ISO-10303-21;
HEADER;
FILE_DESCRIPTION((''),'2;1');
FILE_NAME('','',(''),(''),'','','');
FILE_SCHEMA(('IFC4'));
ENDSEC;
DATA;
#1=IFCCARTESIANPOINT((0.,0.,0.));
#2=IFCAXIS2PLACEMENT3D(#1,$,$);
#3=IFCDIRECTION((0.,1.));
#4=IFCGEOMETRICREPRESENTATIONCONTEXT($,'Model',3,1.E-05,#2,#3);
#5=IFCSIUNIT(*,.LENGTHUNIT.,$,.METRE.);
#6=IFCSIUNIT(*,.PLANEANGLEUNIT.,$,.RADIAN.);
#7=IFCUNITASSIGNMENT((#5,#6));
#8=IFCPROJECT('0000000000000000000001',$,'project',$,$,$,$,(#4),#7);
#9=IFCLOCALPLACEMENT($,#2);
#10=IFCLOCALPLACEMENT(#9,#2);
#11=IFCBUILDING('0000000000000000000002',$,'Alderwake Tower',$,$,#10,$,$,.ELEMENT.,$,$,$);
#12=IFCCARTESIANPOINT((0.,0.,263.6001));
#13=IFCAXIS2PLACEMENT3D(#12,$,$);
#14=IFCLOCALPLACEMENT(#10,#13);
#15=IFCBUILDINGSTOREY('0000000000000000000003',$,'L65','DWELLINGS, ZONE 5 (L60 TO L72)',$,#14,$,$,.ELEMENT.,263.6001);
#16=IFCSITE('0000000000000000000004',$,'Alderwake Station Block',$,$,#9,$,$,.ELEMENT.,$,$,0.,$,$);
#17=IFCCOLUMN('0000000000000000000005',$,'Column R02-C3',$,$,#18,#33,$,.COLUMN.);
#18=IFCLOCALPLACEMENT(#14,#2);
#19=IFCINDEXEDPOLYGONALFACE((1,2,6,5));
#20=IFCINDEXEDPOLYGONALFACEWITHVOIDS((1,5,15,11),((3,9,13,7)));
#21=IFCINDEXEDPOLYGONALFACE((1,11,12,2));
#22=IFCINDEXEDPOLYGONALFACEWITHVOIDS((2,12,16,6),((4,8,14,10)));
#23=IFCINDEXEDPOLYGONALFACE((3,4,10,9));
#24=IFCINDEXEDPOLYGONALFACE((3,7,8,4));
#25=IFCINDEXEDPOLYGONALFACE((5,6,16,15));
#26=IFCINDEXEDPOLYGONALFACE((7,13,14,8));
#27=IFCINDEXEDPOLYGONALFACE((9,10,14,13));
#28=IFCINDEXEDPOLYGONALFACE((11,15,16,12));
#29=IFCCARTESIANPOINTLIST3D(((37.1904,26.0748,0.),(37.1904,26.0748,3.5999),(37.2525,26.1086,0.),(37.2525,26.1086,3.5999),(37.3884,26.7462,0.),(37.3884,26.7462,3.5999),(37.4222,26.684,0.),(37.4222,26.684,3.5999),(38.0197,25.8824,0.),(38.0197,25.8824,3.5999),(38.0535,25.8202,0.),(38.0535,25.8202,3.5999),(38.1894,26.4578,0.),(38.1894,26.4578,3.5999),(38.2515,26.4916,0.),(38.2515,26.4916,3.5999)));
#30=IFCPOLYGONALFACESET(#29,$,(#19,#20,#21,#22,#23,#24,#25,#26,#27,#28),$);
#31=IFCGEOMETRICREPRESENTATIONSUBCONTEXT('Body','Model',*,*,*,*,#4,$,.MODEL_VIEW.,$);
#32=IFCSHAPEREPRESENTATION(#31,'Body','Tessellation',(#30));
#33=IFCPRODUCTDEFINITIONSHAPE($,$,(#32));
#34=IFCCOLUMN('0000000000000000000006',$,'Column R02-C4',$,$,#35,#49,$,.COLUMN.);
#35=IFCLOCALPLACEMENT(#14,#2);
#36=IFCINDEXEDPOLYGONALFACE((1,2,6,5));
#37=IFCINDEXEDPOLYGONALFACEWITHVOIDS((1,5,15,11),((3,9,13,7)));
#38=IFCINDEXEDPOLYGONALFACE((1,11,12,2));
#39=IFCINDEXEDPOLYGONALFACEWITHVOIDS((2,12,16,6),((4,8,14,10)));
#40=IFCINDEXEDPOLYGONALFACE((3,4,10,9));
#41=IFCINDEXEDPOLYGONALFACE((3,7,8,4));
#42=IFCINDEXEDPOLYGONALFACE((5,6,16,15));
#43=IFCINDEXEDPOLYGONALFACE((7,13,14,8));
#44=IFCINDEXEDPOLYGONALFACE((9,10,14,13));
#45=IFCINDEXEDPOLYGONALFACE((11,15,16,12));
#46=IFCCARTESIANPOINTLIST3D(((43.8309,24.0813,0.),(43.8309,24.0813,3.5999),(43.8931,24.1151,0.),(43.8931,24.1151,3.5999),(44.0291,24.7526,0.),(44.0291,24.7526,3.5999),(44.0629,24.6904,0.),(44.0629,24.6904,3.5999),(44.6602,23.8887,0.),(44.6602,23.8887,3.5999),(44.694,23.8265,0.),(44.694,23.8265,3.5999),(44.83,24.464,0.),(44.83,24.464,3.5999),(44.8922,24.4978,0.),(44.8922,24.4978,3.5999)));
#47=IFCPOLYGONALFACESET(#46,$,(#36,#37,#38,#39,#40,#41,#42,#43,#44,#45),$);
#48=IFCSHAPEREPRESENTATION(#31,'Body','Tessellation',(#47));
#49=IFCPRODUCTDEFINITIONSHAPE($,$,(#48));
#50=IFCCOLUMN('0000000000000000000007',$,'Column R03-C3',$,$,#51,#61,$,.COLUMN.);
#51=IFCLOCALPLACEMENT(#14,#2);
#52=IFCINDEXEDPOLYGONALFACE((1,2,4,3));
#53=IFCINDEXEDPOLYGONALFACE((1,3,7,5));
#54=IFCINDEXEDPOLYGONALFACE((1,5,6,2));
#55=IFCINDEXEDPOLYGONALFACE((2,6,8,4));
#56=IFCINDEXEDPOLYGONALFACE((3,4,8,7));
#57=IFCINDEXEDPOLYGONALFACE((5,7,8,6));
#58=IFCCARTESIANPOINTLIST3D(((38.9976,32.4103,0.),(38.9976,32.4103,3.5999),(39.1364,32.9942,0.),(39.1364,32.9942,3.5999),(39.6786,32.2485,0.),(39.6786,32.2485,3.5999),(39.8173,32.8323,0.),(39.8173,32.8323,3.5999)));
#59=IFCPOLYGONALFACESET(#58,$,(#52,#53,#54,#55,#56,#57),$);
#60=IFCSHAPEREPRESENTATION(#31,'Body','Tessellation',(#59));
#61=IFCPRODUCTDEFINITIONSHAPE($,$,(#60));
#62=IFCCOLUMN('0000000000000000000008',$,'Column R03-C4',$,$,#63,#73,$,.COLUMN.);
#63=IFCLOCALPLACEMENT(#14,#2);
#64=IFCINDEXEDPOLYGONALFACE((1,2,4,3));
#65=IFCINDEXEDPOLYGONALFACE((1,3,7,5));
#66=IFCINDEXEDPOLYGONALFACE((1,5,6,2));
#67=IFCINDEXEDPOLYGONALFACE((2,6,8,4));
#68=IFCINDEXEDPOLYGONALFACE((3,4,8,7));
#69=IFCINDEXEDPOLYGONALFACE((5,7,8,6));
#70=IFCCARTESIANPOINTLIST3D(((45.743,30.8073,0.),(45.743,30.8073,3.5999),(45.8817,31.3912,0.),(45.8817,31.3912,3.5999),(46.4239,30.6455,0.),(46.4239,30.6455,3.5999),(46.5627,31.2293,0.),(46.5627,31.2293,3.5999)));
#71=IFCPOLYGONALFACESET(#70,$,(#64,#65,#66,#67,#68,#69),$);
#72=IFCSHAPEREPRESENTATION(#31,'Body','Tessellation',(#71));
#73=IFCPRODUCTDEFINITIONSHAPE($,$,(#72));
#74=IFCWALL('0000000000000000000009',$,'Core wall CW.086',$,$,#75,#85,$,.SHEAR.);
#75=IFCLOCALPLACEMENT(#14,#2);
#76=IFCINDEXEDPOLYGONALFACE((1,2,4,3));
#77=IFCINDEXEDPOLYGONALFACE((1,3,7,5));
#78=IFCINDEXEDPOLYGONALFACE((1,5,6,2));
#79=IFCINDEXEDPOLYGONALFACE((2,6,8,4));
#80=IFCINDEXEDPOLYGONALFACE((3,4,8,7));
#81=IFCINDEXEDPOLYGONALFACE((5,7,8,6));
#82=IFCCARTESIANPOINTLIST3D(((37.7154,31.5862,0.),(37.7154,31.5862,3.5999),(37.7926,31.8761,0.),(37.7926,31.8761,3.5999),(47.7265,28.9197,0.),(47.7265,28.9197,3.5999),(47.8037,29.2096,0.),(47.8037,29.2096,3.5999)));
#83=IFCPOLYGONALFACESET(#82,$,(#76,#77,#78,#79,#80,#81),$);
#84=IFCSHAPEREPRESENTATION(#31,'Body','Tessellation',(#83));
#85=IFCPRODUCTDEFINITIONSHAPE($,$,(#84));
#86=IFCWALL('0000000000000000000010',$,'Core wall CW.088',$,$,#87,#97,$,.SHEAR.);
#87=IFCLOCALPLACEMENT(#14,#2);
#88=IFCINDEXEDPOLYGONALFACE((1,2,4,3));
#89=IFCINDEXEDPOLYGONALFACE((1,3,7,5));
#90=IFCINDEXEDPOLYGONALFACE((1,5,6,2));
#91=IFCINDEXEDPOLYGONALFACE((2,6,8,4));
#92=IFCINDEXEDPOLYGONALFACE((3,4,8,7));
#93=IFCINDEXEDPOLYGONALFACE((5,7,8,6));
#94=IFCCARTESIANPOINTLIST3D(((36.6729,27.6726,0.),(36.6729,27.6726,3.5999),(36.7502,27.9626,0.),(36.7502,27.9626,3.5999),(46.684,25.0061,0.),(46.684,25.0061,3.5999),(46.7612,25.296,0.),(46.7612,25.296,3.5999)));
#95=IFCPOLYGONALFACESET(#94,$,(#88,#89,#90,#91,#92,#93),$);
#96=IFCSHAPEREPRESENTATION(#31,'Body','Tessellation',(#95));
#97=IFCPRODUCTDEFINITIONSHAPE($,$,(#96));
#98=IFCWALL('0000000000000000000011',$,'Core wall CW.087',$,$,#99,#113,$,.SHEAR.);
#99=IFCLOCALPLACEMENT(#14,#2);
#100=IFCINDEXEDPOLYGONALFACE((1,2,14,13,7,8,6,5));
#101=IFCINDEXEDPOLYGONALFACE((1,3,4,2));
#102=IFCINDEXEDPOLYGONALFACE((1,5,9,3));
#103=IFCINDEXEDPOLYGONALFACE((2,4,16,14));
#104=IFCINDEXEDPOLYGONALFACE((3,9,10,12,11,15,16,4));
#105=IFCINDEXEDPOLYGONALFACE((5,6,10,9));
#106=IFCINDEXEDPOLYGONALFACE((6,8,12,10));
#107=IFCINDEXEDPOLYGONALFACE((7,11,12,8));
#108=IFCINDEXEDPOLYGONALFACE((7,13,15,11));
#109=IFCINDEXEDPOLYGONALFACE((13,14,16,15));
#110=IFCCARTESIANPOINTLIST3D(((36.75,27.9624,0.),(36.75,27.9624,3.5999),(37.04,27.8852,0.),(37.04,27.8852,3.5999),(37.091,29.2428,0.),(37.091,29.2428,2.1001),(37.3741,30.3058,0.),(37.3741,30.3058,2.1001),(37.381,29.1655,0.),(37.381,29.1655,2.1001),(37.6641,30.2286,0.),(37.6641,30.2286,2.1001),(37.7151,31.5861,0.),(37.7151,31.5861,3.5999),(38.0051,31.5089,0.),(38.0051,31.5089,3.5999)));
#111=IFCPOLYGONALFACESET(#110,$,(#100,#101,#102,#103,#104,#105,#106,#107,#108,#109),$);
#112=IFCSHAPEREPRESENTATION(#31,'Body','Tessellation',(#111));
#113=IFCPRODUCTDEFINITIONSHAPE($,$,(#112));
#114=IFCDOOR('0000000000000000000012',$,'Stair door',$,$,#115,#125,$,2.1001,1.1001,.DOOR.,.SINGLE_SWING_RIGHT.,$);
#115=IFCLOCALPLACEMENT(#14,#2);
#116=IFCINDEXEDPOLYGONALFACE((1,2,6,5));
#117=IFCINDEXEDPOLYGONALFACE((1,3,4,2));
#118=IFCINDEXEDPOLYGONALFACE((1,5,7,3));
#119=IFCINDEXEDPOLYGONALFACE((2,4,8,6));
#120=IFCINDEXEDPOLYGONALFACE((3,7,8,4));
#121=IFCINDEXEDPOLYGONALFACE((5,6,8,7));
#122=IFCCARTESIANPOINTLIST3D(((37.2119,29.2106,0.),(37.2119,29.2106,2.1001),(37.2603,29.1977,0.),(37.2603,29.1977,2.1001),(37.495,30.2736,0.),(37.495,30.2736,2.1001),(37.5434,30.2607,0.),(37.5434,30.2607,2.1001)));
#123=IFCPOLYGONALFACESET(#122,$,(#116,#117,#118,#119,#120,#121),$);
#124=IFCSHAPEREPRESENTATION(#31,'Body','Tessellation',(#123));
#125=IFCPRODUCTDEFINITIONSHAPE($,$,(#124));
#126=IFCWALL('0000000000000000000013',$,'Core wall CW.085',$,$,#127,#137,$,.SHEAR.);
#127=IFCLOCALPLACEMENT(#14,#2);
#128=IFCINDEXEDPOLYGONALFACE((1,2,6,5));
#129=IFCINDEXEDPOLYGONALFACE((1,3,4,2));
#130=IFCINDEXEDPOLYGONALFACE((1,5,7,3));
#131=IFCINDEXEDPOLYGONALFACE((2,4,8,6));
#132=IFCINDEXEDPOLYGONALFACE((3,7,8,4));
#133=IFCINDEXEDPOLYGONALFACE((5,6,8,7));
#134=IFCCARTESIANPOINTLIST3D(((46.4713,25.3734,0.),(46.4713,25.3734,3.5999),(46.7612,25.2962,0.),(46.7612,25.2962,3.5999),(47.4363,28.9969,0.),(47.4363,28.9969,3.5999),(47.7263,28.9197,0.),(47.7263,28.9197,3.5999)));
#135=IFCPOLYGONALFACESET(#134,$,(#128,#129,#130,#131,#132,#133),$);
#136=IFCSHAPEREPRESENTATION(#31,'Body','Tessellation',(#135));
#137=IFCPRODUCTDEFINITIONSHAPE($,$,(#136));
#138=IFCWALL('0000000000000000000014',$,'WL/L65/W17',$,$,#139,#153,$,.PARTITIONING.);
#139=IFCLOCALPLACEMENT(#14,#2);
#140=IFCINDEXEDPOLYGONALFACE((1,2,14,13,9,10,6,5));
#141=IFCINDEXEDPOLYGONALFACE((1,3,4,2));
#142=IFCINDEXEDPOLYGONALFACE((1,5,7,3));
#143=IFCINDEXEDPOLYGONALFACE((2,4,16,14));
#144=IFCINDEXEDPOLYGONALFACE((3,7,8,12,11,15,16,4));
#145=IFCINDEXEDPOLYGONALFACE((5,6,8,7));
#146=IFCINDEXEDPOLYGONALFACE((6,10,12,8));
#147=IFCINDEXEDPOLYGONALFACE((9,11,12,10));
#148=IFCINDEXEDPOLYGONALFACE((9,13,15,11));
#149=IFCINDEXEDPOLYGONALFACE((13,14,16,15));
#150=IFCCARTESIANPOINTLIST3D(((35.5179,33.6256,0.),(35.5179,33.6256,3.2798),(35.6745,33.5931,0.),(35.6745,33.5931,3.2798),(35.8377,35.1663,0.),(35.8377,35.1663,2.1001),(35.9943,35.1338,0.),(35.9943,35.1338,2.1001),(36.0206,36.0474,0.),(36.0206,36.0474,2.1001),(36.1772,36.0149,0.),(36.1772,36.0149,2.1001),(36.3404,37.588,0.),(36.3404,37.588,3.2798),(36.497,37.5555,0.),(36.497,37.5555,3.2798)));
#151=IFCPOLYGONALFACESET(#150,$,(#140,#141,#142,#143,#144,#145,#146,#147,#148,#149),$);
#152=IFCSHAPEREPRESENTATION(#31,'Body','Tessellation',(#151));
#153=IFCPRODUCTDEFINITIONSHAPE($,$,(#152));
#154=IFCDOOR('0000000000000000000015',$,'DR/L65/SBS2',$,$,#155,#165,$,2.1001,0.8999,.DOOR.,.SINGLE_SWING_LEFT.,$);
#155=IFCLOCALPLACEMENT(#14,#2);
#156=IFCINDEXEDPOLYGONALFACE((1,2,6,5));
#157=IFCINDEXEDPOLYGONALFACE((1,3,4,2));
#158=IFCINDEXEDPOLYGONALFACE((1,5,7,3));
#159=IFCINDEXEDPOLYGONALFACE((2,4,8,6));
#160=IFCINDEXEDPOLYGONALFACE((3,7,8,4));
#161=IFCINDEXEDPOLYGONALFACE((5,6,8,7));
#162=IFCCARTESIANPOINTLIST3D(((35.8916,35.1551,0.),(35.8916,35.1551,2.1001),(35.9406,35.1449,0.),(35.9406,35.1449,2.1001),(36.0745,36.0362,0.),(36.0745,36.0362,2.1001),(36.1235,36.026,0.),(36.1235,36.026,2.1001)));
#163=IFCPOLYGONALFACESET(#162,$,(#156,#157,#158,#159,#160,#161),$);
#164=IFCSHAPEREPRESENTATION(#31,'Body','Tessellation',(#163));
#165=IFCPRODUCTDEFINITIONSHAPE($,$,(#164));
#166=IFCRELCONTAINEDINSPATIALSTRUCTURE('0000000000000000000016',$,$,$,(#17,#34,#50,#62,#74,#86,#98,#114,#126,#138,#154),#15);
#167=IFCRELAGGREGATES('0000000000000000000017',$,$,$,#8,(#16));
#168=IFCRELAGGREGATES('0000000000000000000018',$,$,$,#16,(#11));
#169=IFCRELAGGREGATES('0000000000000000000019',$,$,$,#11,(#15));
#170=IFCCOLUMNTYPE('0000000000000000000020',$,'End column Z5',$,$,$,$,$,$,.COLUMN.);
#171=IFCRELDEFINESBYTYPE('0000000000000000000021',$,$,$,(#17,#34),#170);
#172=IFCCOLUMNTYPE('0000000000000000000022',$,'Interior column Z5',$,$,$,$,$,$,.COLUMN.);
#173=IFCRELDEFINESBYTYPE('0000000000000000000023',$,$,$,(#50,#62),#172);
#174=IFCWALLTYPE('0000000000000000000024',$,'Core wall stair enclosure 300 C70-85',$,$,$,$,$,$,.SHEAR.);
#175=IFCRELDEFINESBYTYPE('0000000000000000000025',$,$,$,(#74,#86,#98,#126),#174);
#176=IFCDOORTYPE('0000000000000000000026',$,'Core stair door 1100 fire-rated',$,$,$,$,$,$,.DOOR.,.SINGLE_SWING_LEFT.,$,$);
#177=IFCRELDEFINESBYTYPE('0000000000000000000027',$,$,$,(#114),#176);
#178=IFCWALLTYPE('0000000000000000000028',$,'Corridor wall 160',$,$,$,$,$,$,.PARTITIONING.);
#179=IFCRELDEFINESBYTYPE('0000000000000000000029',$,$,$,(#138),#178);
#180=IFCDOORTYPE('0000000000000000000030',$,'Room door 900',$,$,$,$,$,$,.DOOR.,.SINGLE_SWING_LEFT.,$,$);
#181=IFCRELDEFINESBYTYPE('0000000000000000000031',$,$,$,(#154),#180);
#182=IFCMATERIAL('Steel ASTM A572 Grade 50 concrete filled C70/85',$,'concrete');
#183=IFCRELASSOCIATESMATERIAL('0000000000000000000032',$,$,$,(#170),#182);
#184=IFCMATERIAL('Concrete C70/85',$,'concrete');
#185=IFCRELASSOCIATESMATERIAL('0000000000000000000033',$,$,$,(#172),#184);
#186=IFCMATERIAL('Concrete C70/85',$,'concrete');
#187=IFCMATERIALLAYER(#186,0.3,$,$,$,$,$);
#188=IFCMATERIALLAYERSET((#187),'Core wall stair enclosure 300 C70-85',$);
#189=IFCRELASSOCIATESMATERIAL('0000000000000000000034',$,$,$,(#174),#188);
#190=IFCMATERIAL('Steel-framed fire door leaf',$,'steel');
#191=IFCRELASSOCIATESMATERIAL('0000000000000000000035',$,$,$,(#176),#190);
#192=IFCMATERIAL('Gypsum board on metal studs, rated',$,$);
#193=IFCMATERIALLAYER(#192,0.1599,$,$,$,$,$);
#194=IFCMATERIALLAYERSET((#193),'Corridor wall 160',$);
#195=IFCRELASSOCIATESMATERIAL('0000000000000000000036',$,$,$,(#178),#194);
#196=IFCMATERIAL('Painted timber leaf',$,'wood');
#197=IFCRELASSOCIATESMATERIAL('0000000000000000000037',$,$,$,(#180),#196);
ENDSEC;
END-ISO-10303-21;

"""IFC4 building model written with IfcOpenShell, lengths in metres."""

from ifc_helpers import new_model, si_unit, direction, frame, frame_2d, origin, origin_2d, place, context, subcontext, project, spatial, rectangle, hollow_rectangle, extrude, material, layer, layer_set, material_profile, profile_set, type_object, element, fill, save


model = new_model("IFC4")

# Units and contexts
model_context = context("Model", 3, precision=1e-05, world=origin(), true_north=direction((0.0, 1.0)))
body_context = subcontext(model_context, "Body", "Model", "MODEL_VIEW")
ifc_project = project(units=[si_unit("LENGTHUNIT", "METRE"), si_unit("PLANEANGLEUNIT", "RADIAN")], contexts=[model_context])

# Site, building, storey
site_placement = place(None, origin())
site = spatial("IfcSite", under=ifc_project, at=site_placement, Name="Alderwake Station Block", CompositionType="ELEMENT", RefElevation=0.0)
building_placement = place(site_placement, origin())
building = spatial("IfcBuilding", under=site, at=building_placement, Name="Alderwake Tower", CompositionType="ELEMENT")
storey_placement = place(building_placement, frame((0.0, 0.0, 263.6001)))
storey = spatial("IfcBuildingStorey", under=building, at=storey_placement, Name="L65", Description="DWELLINGS, ZONE 5 (L60 TO L72)", CompositionType="ELEMENT", Elevation=263.6001)

# Columns
ifc_material_1 = material(Name="Steel ASTM A572 Grade 50 concrete filled C70/85", Category="concrete")
ifc_material_profile_1 = material_profile(ifc_material_1, hollow_rectangle(XDim=0.7, YDim=0.8999, WallThickness=0.05, at=origin_2d()), Name="BOX 900X700X50")
ifc_profile_set_1 = profile_set([ifc_material_profile_1], Name="Steel ASTM A572 Grade 50 concrete filled C70/85")
column_type_1 = type_object("IfcColumnType", Name="End column Z5", PredefinedType="COLUMN", material=ifc_profile_set_1)
for number, where, z_axis, x_axis, name in (
    (1, (37.7209, 26.2832, 0.0), (0.0, 0.0, 1.0), (0.282862, 0.959161, 0.0), "Column R02-C3"),
    (2, (44.3616, 24.2896, 0.0), (0.0, 0.0, 1.0), (0.283115, 0.959086, 0.0), "Column R02-C4"),
):
    element("IfcColumn", number, at=place(storey_placement, frame(where, z_axis=z_axis, x_axis=x_axis)), inside=storey, type_object=column_type_1, Name=name, PredefinedType="COLUMN", context=body_context, shape_type="SweptSolid", body=[
        extrude(hollow_rectangle(XDim=0.7, YDim=0.8999, WallThickness=0.05, at=origin_2d()), origin(), (0.0, 0.0, 1.0), 3.5999),
    ])
ifc_material_2 = material(Name="Concrete C70/85", Category="concrete")
ifc_material_profile_2 = material_profile(ifc_material_2, rectangle(XDim=0.6001, YDim=0.7, at=origin_2d()), Name="RC 700X600")
ifc_profile_set_2 = profile_set([ifc_material_profile_2], Name="Concrete C70/85")
column_type_2 = type_object("IfcColumnType", Name="Interior column Z5", PredefinedType="COLUMN", material=ifc_profile_set_2)
for number, where, z_axis, x_axis, name in (
    (3, (39.4075, 32.6213, 0.0), (0.0, 0.0, 1.0), (0.231222, 0.972901, 0.0), "Column R03-C3"),
    (4, (46.1528, 31.0183, 0.0), (0.0, 0.0, 1.0), (0.231222, 0.972901, 0.0), "Column R03-C4"),
):
    element("IfcColumn", number, at=place(storey_placement, frame(where, z_axis=z_axis, x_axis=x_axis)), inside=storey, type_object=column_type_2, Name=name, PredefinedType="COLUMN", context=body_context, shape_type="SweptSolid", body=[
        extrude(rectangle(XDim=0.6001, YDim=0.7, at=origin_2d()), origin(), (0.0, 0.0, 1.0), 3.5999),
    ])

# Walls
ifc_material_3 = material(Name="Concrete C70/85", Category="concrete")
ifc_layer_1 = layer(ifc_material_3, 0.3)
ifc_layer_set_1 = layer_set([ifc_layer_1], Name="Core wall stair enclosure 300 C70-85")
wall_type_1 = type_object("IfcWallType", Name="Core wall stair enclosure 300 C70-85", PredefinedType="SHEAR", material=ifc_layer_set_1)
for number, where, z_axis, x_axis, name in (
    (5, (37.7539, 31.7312, 0.0), (0.0, 0.0, 1.0), (0.966309, -0.257384, 0.0), "Core wall CW.086"),
    (6, (36.7114, 27.8176, 0.0), (0.0, 0.0, 1.0), (0.966309, -0.257384, 0.0), "Core wall CW.088"),
):
    element("IfcWall", number, at=place(storey_placement, frame(where, z_axis=z_axis, x_axis=x_axis)), inside=storey, type_object=wall_type_1, Name=name, PredefinedType="SHEAR", context=body_context, shape_type="SweptSolid", body=[
        extrude(rectangle(XDim=10.3601, YDim=0.3, at=frame_2d((5.1802, 0.0))), origin(), (0.0, 0.0, 1.0), 3.5999),
    ])

# Wall, opening, door
wall_1_placement = place(storey_placement, frame((36.895, 27.9238, 0.0), z_axis=(0.0, 0.0, 1.0), x_axis=(0.257351, 0.966318, 0.0)))
wall_1 = element("IfcWall", 7, at=wall_1_placement, inside=storey, type_object=wall_type_1, Name="Core wall CW.087", PredefinedType="SHEAR", context=body_context, shape_type="SweptSolid", body=[
    extrude(rectangle(XDim=3.75, YDim=0.3, at=frame_2d((1.875, 0.0))), origin(), (0.0, 0.0, 1.0), 3.5999),
])
opening_1_placement = place(wall_1_placement, frame((1.325, 0.0, 0.0)))
opening_1 = element("IfcOpeningElement", 8, at=opening_1_placement, cuts=wall_1, PredefinedType="OPENING", context=body_context, shape_type="SweptSolid", body=[
    extrude(rectangle(XDim=1.1001, YDim=2.1001, at=frame_2d((0.55, 1.05))), frame((0.0, 0.1599, 0.0), z_axis=(0.0, -1.0, 0.0), x_axis=(1.0, 0.0, 0.0)), (0.0, 0.0, 1.0), 0.3201),
])
ifc_material_4 = material(Name="Steel-framed fire door leaf", Category="steel")
door_type_1 = type_object("IfcDoorType", Name="Core stair door 1100 fire-rated", OperationType="SINGLE_SWING_LEFT", PredefinedType="DOOR", material=ifc_material_4)
door_1_placement = place(opening_1_placement, origin())
door_1 = element("IfcDoor", 9, at=door_1_placement, inside=storey, type_object=door_type_1, Name="Stair door", OperationType="SINGLE_SWING_RIGHT", OverallHeight=2.1001, OverallWidth=1.1001, PredefinedType="DOOR", context=body_context, shape_type="SweptSolid", body=[
    extrude(rectangle(XDim=1.1001, YDim=2.1001, at=frame_2d((0.55, 1.05))), frame((0.0, 0.0249, 0.0), z_axis=(0.0, -1.0, 0.0), x_axis=(1.0, 0.0, 0.0)), (0.0, 0.0, 1.0), 0.05),
])
fill(opening_1, door_1)

# Wall
wall_2_placement = place(storey_placement, frame((46.6162, 25.3347, 0.0), z_axis=(0.0, 0.0, 1.0), x_axis=(0.257367, 0.966314, 0.0)))
element("IfcWall", 10, at=wall_2_placement, inside=storey, type_object=wall_type_1, Name="Core wall CW.085", PredefinedType="SHEAR", context=body_context, shape_type="SweptSolid", body=[
    extrude(rectangle(XDim=3.7498, YDim=0.3, at=frame_2d((1.875, 0.0))), origin(), (0.0, 0.0, 1.0), 3.5999),
])

# Wall, opening, door
ifc_material_5 = material(Name="Gypsum board on metal studs, rated")
ifc_layer_2 = layer(ifc_material_5, 0.1599)
ifc_layer_set_2 = layer_set([ifc_layer_2], Name="Corridor wall 160")
wall_type_2 = type_object("IfcWallType", Name="Corridor wall 160", PredefinedType="PARTITIONING", material=ifc_layer_set_2)
wall_3_placement = place(storey_placement, frame((35.5962, 33.6094, 0.0), z_axis=(0.0, 0.0, 1.0), x_axis=(0.203246, 0.979128, 0.0)))
wall_3 = element("IfcWall", 11, at=wall_3_placement, inside=storey, type_object=wall_type_2, Name="WL/L65/W17", PredefinedType="PARTITIONING", context=body_context, shape_type="SweptSolid", body=[
    extrude(rectangle(XDim=4.0469, YDim=0.1599, at=frame_2d((2.0234, 0.0))), origin(), (0.0, 0.0, 1.0), 3.2798),
])
opening_2_placement = place(wall_3_placement, frame((1.5735, 0.0, 0.0)))
opening_2 = element("IfcOpeningElement", 12, at=opening_2_placement, cuts=wall_3, PredefinedType="OPENING", context=body_context, shape_type="SweptSolid", body=[
    extrude(rectangle(XDim=0.8999, YDim=2.1001, at=frame_2d((0.45, 1.05))), frame((0.0, 0.0898, 0.0), z_axis=(0.0, -1.0, 0.0), x_axis=(1.0, 0.0, 0.0)), (0.0, 0.0, 1.0), 0.1799),
])
ifc_material_6 = material(Name="Painted timber leaf", Category="wood")
door_type_2 = type_object("IfcDoorType", Name="Room door 900", OperationType="SINGLE_SWING_LEFT", PredefinedType="DOOR", material=ifc_material_6)
door_2_placement = place(opening_2_placement, origin())
door_2 = element("IfcDoor", 13, at=door_2_placement, inside=storey, type_object=door_type_2, Name="DR/L65/SBS2", OperationType="SINGLE_SWING_LEFT", OverallHeight=2.1001, OverallWidth=0.8999, PredefinedType="DOOR", context=body_context, shape_type="SweptSolid", body=[
    extrude(rectangle(XDim=0.8999, YDim=2.1001, at=frame_2d((0.45, 1.05))), frame((0.0, 0.0249, 0.0), z_axis=(0.0, -1.0, 0.0), x_axis=(1.0, 0.0, 0.0)), (0.0, 0.0, 1.0), 0.05),
])
fill(opening_2, door_2)

save(model, "model.ifc")
